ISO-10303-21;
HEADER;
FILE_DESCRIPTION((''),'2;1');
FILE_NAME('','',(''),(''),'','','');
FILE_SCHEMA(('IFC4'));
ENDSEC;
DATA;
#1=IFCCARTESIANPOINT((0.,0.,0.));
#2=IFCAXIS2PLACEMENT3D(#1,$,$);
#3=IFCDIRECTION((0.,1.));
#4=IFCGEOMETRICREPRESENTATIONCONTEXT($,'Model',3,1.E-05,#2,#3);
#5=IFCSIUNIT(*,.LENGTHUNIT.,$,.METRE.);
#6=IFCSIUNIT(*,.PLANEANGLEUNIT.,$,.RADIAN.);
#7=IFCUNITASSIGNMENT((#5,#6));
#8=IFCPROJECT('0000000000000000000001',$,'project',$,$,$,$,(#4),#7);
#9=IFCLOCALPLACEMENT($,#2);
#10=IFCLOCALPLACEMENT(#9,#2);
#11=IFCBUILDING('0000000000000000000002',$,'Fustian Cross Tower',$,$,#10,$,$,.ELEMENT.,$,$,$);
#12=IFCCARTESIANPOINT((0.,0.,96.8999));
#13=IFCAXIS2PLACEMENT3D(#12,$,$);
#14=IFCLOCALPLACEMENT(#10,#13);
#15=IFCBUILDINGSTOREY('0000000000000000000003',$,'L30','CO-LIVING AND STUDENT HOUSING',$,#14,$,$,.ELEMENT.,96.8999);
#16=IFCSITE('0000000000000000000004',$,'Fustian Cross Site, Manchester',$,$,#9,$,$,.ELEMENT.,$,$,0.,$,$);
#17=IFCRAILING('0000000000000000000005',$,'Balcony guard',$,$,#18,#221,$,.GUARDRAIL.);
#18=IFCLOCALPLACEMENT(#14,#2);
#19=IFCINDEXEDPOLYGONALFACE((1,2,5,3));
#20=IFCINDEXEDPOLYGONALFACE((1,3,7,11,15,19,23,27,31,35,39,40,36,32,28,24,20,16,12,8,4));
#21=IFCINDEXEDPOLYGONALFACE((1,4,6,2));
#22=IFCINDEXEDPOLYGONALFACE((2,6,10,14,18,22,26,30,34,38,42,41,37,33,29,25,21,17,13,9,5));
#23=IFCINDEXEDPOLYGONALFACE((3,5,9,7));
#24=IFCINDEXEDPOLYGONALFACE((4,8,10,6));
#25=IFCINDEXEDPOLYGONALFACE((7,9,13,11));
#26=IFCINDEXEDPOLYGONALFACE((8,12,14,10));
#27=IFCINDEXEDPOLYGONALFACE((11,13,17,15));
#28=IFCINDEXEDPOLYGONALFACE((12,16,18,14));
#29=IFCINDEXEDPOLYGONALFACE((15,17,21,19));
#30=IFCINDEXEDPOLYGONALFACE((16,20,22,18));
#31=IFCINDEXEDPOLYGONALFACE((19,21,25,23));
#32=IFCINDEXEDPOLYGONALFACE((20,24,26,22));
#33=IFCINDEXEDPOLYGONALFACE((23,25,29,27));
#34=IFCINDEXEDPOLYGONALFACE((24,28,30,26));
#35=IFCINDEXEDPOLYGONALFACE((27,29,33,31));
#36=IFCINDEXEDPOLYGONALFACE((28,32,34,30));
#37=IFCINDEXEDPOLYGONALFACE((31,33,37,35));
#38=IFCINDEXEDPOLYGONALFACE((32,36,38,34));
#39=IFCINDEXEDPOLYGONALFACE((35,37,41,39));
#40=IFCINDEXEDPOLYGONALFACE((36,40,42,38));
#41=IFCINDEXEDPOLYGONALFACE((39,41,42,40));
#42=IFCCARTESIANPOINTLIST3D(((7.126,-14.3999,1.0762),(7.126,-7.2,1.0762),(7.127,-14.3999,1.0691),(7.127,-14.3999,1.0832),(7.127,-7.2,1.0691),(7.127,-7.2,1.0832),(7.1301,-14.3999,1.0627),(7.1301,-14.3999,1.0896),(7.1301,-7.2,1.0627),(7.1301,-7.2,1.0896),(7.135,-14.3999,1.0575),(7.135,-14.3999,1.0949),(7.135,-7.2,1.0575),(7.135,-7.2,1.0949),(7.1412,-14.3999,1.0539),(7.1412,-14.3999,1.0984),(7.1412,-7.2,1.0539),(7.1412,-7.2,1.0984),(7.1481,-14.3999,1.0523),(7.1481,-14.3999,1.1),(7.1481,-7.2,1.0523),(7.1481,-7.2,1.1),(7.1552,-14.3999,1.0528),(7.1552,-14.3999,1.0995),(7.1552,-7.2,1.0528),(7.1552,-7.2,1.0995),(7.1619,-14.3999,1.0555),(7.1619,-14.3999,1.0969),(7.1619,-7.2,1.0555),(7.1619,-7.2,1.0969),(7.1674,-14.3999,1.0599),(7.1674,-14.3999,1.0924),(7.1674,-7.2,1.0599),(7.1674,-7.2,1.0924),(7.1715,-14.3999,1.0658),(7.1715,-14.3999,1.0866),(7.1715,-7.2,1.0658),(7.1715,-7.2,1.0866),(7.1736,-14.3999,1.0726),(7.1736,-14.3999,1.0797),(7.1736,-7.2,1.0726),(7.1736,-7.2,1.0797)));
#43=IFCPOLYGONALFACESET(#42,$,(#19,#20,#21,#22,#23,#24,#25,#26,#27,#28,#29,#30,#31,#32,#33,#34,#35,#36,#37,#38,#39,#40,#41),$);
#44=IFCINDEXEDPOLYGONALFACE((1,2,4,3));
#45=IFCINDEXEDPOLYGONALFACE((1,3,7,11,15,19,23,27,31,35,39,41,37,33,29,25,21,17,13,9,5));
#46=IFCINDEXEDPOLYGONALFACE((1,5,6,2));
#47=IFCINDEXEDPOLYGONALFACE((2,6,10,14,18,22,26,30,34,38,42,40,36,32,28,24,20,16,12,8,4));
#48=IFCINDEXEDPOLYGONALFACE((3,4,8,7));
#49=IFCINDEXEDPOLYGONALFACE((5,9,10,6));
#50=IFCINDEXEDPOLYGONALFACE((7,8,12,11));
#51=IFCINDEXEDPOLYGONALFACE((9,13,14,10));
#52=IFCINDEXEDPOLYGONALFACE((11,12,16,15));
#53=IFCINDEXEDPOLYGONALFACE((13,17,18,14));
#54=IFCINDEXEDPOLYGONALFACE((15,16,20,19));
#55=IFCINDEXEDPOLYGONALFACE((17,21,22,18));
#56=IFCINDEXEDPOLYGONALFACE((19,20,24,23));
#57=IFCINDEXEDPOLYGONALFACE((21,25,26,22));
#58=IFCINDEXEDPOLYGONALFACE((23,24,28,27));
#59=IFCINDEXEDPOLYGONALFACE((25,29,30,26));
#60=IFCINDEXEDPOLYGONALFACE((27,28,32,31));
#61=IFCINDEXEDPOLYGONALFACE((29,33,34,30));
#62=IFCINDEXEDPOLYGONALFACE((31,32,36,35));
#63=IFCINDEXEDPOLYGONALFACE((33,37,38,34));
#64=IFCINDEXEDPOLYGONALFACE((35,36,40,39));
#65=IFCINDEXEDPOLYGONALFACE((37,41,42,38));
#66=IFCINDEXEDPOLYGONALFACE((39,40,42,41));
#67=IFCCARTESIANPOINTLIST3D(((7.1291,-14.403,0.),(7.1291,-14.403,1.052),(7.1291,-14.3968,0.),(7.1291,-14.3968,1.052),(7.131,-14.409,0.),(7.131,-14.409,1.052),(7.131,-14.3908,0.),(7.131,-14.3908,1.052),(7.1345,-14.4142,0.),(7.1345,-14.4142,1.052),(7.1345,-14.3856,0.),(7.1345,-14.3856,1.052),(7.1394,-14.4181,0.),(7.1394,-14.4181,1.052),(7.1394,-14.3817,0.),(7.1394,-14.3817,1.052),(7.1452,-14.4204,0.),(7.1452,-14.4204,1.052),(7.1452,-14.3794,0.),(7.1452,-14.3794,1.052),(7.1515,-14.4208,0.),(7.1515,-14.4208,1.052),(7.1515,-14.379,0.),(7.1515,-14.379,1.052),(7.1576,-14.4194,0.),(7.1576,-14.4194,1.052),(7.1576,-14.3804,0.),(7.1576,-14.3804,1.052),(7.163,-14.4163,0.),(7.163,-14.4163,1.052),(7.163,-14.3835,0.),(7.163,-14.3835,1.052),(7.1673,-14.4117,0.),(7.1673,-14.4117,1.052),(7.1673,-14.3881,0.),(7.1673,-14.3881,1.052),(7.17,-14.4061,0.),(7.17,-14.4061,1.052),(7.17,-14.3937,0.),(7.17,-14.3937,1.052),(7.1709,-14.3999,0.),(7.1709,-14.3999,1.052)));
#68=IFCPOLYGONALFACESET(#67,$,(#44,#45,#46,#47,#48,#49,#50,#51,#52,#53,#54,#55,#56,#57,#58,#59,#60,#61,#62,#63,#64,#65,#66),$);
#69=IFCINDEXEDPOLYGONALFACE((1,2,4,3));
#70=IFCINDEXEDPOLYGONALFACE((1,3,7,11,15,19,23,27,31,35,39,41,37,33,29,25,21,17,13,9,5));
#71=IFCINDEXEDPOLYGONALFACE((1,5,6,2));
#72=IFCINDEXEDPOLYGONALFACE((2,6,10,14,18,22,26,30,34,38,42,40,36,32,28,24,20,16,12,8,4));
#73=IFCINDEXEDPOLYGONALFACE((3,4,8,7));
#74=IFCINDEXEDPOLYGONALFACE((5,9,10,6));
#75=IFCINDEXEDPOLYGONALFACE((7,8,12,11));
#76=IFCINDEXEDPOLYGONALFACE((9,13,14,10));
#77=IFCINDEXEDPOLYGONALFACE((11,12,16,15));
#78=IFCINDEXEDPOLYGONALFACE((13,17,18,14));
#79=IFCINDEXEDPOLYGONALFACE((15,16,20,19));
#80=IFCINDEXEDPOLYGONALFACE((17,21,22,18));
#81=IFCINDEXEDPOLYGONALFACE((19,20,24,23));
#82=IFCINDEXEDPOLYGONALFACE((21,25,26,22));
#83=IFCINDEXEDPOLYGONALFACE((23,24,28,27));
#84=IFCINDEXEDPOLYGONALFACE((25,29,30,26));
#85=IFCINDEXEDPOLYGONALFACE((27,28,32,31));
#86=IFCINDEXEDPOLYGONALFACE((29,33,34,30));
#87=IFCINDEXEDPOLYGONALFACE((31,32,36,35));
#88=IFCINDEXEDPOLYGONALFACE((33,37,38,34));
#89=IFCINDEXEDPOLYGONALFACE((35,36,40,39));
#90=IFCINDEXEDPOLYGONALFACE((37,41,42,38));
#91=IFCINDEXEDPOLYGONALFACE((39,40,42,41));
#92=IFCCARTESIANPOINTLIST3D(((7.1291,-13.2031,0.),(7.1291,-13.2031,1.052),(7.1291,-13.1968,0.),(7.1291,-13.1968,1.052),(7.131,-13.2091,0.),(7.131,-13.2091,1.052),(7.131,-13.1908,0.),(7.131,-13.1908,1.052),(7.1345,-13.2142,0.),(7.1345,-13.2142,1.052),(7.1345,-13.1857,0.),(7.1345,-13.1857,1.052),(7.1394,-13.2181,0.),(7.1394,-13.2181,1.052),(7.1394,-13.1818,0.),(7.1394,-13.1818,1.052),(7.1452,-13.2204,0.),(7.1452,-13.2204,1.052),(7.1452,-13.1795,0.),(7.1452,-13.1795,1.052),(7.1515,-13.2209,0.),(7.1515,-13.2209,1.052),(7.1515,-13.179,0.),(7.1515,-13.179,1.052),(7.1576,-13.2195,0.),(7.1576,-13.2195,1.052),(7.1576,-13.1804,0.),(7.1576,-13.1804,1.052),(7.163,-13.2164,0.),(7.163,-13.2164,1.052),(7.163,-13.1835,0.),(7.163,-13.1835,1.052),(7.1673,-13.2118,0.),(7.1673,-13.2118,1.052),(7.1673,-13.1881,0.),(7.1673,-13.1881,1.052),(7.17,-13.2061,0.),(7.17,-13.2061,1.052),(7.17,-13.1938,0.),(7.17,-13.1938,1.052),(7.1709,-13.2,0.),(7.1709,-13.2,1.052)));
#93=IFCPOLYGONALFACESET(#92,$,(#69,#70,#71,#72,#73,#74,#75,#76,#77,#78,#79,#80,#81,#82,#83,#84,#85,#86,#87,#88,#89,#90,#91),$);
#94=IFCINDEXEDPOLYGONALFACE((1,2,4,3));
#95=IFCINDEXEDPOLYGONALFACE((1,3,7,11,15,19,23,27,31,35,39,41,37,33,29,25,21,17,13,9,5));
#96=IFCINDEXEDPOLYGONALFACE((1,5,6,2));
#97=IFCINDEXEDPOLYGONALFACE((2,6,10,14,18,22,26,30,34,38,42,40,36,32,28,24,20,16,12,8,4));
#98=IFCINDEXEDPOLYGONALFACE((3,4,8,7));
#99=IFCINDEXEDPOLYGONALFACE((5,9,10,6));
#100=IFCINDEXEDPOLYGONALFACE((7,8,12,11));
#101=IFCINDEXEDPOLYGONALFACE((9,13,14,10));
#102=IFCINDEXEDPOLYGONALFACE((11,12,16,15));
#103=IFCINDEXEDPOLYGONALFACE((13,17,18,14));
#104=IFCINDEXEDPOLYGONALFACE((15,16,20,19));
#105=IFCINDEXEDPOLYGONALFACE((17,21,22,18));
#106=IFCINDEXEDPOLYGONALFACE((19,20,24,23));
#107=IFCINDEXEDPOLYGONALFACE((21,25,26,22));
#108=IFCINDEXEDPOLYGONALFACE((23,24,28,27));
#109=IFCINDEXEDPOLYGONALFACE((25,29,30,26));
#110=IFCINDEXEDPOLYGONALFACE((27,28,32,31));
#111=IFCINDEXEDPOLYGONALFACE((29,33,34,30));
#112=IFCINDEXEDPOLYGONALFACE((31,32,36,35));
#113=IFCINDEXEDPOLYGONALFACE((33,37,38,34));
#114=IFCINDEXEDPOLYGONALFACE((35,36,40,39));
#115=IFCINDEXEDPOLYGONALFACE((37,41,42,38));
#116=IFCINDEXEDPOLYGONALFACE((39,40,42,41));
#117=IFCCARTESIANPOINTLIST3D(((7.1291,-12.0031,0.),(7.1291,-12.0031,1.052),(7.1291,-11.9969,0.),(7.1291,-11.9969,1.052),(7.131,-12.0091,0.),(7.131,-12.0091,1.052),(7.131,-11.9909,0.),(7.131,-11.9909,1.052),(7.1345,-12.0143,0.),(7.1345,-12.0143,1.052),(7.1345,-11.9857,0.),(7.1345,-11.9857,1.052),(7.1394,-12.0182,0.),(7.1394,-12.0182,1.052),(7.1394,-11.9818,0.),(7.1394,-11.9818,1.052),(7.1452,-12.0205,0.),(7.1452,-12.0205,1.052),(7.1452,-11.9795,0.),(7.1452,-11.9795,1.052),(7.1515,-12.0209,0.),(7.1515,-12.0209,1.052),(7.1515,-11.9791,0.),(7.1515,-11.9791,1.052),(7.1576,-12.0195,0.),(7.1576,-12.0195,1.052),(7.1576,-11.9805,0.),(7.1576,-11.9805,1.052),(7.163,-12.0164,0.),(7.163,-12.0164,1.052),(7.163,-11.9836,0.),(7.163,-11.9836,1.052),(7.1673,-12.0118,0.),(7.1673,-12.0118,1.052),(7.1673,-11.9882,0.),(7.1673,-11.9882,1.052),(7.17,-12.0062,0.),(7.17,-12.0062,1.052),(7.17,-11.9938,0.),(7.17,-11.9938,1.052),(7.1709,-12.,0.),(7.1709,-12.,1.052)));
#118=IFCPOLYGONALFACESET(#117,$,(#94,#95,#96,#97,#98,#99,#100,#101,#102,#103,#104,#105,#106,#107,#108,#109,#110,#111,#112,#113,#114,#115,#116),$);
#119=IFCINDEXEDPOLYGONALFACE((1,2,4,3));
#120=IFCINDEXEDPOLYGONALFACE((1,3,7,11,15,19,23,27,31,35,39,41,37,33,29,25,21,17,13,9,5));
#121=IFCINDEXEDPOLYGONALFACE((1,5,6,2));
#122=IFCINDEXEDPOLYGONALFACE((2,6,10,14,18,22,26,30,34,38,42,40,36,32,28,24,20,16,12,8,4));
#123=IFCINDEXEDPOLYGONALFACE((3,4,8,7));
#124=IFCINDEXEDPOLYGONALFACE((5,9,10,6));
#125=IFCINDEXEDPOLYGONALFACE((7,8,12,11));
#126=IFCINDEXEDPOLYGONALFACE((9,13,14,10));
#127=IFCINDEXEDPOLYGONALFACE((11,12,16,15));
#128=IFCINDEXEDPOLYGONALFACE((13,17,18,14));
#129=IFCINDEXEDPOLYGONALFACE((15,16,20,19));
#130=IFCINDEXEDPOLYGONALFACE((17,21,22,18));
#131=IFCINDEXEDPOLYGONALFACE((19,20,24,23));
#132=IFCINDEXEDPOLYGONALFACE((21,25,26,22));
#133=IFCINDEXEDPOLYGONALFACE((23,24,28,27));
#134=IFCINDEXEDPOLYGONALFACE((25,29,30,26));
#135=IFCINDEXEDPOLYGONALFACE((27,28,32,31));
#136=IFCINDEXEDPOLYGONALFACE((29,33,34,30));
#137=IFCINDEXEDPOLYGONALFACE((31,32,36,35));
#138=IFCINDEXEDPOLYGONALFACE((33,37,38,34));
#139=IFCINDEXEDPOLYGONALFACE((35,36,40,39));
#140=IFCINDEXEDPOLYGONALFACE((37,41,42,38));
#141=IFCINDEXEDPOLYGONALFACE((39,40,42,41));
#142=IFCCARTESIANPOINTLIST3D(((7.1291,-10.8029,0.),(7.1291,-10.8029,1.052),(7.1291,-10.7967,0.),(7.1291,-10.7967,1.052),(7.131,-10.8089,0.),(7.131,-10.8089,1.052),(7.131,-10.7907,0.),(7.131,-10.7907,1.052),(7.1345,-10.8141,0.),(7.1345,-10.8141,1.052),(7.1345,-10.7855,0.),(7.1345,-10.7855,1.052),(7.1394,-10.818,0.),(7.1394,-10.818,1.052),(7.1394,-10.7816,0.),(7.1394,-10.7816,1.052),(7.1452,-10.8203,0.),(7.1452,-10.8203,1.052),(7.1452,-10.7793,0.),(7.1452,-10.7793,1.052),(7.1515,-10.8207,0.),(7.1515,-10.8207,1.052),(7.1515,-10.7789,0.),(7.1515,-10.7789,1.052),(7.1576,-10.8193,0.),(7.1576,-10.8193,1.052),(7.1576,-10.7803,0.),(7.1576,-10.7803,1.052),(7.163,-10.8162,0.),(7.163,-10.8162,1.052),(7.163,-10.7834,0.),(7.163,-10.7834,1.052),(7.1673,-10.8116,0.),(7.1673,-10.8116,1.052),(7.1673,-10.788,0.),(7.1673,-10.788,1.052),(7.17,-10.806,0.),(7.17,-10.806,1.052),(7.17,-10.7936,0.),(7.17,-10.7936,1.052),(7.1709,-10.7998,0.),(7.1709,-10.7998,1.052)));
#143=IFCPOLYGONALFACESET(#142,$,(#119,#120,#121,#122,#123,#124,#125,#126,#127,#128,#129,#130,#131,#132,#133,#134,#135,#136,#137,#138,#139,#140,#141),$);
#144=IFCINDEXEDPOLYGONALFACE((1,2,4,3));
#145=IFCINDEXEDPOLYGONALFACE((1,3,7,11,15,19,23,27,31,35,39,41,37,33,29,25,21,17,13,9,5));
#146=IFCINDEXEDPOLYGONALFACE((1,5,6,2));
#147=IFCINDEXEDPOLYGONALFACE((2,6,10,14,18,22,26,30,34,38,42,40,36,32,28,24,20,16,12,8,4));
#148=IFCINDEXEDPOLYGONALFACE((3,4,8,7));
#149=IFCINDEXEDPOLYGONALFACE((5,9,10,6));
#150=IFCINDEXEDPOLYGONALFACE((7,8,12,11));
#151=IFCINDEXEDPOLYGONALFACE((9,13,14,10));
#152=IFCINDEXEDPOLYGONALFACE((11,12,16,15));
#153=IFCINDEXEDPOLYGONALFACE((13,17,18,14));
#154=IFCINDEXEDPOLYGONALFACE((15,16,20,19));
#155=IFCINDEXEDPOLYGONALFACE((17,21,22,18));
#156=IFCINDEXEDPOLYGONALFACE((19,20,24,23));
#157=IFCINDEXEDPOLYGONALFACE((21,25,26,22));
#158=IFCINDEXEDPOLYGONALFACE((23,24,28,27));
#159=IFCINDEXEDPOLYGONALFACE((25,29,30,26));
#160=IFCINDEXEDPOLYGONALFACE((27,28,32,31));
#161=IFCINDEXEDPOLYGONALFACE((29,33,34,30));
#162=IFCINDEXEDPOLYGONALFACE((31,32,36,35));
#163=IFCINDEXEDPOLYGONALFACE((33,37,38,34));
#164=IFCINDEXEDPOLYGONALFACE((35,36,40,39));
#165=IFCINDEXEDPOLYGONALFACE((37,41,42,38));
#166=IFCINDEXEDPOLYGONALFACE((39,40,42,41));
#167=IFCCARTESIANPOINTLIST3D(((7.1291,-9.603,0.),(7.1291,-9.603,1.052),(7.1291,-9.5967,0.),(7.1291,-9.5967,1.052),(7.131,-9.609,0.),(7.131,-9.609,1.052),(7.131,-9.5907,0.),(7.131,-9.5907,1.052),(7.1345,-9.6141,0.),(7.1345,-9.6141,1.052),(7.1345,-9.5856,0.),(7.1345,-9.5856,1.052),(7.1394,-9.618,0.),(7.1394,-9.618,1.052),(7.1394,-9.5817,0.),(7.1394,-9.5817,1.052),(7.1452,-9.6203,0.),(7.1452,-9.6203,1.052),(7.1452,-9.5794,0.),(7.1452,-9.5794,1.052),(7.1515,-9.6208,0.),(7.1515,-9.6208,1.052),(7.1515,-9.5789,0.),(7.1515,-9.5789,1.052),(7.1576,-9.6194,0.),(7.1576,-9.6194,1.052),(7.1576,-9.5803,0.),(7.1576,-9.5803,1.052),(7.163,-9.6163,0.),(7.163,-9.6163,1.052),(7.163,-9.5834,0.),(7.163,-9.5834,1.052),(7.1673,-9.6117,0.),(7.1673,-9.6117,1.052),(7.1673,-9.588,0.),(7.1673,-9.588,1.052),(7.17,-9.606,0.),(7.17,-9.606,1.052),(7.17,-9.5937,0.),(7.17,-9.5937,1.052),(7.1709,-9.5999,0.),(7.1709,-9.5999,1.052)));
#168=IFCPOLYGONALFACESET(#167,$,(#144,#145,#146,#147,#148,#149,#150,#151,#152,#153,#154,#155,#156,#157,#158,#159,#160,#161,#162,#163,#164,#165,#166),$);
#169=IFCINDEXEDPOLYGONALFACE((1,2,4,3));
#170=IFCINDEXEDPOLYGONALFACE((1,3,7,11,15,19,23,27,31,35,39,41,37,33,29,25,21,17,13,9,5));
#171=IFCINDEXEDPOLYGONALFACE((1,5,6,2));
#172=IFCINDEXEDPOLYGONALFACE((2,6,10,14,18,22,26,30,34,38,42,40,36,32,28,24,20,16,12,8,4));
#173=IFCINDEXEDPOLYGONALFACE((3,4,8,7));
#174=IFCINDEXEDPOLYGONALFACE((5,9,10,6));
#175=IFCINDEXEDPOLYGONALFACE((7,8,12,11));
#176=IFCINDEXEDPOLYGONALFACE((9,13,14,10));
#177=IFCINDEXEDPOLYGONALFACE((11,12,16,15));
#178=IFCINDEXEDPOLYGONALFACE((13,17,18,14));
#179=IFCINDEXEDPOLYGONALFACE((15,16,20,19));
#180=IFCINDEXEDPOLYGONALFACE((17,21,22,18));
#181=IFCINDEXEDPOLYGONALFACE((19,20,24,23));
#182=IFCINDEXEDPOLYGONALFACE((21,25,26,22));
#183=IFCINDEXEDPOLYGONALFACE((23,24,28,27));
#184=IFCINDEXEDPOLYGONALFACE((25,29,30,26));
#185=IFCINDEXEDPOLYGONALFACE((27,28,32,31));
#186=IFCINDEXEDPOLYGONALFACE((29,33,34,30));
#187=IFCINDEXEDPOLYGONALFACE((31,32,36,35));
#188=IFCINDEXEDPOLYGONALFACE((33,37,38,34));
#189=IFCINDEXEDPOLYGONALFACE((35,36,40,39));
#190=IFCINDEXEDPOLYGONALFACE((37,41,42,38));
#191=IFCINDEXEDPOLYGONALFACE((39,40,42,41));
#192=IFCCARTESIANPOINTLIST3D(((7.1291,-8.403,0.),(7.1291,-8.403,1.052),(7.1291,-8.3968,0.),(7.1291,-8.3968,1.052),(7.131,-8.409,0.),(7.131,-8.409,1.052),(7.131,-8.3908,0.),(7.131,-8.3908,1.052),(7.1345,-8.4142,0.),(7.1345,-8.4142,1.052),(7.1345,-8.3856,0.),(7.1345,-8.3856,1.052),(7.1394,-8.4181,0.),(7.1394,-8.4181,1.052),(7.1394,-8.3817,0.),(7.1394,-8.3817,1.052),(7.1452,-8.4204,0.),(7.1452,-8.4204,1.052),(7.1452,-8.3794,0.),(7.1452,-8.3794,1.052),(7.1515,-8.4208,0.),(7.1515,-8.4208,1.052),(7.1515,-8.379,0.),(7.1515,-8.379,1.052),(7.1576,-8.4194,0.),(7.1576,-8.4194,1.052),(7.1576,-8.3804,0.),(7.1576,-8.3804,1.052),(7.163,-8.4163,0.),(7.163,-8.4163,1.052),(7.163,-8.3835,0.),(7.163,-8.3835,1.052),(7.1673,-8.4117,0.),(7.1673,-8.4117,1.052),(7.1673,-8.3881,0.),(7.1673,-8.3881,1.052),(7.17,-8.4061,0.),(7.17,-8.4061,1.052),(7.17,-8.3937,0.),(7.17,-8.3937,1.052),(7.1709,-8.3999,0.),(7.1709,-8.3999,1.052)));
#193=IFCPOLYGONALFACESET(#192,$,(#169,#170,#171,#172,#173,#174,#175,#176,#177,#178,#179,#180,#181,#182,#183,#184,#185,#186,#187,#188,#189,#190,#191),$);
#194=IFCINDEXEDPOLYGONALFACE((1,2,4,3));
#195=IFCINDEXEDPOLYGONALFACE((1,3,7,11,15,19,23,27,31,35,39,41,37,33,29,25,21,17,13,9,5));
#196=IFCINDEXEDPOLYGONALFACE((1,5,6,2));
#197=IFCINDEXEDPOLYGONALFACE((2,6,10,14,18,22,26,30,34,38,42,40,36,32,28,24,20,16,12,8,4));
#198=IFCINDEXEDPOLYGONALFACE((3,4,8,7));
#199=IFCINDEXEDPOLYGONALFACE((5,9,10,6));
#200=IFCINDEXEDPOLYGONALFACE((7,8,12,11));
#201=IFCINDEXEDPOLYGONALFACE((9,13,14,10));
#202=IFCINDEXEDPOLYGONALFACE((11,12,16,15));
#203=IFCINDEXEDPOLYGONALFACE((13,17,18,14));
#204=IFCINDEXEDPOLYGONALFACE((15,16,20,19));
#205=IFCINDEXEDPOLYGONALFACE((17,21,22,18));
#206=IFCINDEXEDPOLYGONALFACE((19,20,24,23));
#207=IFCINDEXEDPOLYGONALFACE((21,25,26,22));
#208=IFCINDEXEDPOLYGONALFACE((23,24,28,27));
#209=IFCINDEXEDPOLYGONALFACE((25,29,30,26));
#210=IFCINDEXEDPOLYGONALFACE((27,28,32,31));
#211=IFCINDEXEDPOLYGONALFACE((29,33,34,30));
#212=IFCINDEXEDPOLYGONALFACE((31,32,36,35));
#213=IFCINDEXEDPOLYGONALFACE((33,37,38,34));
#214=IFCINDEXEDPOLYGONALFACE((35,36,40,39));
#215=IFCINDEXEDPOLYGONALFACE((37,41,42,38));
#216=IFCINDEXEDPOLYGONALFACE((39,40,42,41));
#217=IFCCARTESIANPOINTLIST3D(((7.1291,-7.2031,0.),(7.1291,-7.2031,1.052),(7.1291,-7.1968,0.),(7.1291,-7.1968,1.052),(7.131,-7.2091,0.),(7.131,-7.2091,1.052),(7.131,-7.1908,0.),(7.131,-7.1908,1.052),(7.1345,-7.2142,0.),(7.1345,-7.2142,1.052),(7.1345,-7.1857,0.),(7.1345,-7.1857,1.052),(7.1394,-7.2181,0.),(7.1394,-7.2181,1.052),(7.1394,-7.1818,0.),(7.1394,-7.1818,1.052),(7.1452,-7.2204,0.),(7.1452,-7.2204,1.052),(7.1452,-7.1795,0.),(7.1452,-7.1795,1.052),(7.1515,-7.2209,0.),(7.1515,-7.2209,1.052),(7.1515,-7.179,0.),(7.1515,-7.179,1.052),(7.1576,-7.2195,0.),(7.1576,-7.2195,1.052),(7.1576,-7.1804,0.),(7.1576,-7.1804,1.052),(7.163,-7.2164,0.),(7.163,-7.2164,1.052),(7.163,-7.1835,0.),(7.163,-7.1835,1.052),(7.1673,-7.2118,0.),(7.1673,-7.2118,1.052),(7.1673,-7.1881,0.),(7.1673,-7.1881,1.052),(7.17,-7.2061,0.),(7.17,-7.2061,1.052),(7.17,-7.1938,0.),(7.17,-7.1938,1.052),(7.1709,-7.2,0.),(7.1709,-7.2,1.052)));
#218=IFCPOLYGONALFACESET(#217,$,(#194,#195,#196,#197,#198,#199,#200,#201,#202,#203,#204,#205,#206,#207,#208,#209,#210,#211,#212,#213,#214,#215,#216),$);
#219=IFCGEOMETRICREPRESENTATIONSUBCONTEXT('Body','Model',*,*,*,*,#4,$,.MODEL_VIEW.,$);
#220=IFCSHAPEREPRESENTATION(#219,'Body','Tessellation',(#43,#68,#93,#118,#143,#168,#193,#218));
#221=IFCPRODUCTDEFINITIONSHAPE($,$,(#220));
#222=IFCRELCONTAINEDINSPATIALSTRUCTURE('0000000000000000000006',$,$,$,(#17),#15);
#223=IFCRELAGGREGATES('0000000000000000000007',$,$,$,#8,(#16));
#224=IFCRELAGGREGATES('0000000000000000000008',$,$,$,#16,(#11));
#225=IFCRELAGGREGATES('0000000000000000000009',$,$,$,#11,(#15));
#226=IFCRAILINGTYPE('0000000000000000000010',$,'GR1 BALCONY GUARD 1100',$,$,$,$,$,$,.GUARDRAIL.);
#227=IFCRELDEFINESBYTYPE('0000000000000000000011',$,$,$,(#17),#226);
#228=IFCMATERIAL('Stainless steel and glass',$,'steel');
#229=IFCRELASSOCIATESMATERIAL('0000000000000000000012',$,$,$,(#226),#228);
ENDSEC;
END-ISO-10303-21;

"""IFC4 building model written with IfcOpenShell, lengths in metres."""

from ifc_helpers import new_model, si_unit, direction, frame, origin, origin_2d, place, context, subcontext, project, spatial, circle, extrude, material, type_object, element, save


model = new_model("IFC4")

# Units and contexts
model_context = context("Model", 3, precision=1e-05, world=origin(), true_north=direction((0.0, 1.0)))
body_context = subcontext(model_context, "Body", "Model", "MODEL_VIEW")
ifc_project = project(units=[si_unit("LENGTHUNIT", "METRE"), si_unit("PLANEANGLEUNIT", "RADIAN")], contexts=[model_context])

# Site, building, storey
site_placement = place(None, origin())
site = spatial("IfcSite", under=ifc_project, at=site_placement, Name="Fustian Cross Site, Manchester", CompositionType="ELEMENT", RefElevation=0.0)
building_placement = place(site_placement, origin())
building = spatial("IfcBuilding", under=site, at=building_placement, Name="Fustian Cross Tower", CompositionType="ELEMENT")
storey_placement = place(building_placement, frame((0.0, 0.0, 96.8999)))
storey = spatial("IfcBuildingStorey", under=building, at=storey_placement, Name="L30", Description="CO-LIVING AND STUDENT HOUSING", CompositionType="ELEMENT", Elevation=96.8999)

# Railing
ifc_material_1 = material(Name="Stainless steel and glass", Category="steel")
railing_type = type_object("IfcRailingType", Name="GR1 BALCONY GUARD 1100", PredefinedType="GUARDRAIL", material=ifc_material_1)
railing_placement = place(storey_placement, frame((7.1499, -14.3999, 0.0)))
element("IfcRailing", 1, at=railing_placement, inside=storey, type_object=railing_type, Name="Balcony guard", PredefinedType="GUARDRAIL", context=body_context, shape_type="SweptSolid", body=[
    extrude(circle(Radius=0.0239, at=origin_2d()), frame((0.0, 0.0, 1.0762), z_axis=(0.0, 1.0, 0.0), x_axis=(-1.0, 0.0, 0.0)), (0.0, 0.0, 1.0), 7.2),
    extrude(circle(Radius=0.021, at=origin_2d()), origin(), (0.0, 0.0, 1.0), 1.052),
    extrude(circle(Radius=0.021, at=origin_2d()), frame((0.0, 1.2, 0.0)), (0.0, 0.0, 1.0), 1.052),
    extrude(circle(Radius=0.021, at=origin_2d()), frame((0.0, 2.3999, 0.0)), (0.0, 0.0, 1.0), 1.052),
    extrude(circle(Radius=0.021, at=origin_2d()), frame((0.0, 3.6001, 0.0)), (0.0, 0.0, 1.0), 1.052),
    extrude(circle(Radius=0.021, at=origin_2d()), frame((0.0, 4.8, 0.0)), (0.0, 0.0, 1.0), 1.052),
    extrude(circle(Radius=0.021, at=origin_2d()), frame((0.0, 6.0, 0.0)), (0.0, 0.0, 1.0), 1.052),
    extrude(circle(Radius=0.021, at=origin_2d()), frame((0.0, 7.2, 0.0)), (0.0, 0.0, 1.0), 1.052),
])

save(model, "model.ifc")
